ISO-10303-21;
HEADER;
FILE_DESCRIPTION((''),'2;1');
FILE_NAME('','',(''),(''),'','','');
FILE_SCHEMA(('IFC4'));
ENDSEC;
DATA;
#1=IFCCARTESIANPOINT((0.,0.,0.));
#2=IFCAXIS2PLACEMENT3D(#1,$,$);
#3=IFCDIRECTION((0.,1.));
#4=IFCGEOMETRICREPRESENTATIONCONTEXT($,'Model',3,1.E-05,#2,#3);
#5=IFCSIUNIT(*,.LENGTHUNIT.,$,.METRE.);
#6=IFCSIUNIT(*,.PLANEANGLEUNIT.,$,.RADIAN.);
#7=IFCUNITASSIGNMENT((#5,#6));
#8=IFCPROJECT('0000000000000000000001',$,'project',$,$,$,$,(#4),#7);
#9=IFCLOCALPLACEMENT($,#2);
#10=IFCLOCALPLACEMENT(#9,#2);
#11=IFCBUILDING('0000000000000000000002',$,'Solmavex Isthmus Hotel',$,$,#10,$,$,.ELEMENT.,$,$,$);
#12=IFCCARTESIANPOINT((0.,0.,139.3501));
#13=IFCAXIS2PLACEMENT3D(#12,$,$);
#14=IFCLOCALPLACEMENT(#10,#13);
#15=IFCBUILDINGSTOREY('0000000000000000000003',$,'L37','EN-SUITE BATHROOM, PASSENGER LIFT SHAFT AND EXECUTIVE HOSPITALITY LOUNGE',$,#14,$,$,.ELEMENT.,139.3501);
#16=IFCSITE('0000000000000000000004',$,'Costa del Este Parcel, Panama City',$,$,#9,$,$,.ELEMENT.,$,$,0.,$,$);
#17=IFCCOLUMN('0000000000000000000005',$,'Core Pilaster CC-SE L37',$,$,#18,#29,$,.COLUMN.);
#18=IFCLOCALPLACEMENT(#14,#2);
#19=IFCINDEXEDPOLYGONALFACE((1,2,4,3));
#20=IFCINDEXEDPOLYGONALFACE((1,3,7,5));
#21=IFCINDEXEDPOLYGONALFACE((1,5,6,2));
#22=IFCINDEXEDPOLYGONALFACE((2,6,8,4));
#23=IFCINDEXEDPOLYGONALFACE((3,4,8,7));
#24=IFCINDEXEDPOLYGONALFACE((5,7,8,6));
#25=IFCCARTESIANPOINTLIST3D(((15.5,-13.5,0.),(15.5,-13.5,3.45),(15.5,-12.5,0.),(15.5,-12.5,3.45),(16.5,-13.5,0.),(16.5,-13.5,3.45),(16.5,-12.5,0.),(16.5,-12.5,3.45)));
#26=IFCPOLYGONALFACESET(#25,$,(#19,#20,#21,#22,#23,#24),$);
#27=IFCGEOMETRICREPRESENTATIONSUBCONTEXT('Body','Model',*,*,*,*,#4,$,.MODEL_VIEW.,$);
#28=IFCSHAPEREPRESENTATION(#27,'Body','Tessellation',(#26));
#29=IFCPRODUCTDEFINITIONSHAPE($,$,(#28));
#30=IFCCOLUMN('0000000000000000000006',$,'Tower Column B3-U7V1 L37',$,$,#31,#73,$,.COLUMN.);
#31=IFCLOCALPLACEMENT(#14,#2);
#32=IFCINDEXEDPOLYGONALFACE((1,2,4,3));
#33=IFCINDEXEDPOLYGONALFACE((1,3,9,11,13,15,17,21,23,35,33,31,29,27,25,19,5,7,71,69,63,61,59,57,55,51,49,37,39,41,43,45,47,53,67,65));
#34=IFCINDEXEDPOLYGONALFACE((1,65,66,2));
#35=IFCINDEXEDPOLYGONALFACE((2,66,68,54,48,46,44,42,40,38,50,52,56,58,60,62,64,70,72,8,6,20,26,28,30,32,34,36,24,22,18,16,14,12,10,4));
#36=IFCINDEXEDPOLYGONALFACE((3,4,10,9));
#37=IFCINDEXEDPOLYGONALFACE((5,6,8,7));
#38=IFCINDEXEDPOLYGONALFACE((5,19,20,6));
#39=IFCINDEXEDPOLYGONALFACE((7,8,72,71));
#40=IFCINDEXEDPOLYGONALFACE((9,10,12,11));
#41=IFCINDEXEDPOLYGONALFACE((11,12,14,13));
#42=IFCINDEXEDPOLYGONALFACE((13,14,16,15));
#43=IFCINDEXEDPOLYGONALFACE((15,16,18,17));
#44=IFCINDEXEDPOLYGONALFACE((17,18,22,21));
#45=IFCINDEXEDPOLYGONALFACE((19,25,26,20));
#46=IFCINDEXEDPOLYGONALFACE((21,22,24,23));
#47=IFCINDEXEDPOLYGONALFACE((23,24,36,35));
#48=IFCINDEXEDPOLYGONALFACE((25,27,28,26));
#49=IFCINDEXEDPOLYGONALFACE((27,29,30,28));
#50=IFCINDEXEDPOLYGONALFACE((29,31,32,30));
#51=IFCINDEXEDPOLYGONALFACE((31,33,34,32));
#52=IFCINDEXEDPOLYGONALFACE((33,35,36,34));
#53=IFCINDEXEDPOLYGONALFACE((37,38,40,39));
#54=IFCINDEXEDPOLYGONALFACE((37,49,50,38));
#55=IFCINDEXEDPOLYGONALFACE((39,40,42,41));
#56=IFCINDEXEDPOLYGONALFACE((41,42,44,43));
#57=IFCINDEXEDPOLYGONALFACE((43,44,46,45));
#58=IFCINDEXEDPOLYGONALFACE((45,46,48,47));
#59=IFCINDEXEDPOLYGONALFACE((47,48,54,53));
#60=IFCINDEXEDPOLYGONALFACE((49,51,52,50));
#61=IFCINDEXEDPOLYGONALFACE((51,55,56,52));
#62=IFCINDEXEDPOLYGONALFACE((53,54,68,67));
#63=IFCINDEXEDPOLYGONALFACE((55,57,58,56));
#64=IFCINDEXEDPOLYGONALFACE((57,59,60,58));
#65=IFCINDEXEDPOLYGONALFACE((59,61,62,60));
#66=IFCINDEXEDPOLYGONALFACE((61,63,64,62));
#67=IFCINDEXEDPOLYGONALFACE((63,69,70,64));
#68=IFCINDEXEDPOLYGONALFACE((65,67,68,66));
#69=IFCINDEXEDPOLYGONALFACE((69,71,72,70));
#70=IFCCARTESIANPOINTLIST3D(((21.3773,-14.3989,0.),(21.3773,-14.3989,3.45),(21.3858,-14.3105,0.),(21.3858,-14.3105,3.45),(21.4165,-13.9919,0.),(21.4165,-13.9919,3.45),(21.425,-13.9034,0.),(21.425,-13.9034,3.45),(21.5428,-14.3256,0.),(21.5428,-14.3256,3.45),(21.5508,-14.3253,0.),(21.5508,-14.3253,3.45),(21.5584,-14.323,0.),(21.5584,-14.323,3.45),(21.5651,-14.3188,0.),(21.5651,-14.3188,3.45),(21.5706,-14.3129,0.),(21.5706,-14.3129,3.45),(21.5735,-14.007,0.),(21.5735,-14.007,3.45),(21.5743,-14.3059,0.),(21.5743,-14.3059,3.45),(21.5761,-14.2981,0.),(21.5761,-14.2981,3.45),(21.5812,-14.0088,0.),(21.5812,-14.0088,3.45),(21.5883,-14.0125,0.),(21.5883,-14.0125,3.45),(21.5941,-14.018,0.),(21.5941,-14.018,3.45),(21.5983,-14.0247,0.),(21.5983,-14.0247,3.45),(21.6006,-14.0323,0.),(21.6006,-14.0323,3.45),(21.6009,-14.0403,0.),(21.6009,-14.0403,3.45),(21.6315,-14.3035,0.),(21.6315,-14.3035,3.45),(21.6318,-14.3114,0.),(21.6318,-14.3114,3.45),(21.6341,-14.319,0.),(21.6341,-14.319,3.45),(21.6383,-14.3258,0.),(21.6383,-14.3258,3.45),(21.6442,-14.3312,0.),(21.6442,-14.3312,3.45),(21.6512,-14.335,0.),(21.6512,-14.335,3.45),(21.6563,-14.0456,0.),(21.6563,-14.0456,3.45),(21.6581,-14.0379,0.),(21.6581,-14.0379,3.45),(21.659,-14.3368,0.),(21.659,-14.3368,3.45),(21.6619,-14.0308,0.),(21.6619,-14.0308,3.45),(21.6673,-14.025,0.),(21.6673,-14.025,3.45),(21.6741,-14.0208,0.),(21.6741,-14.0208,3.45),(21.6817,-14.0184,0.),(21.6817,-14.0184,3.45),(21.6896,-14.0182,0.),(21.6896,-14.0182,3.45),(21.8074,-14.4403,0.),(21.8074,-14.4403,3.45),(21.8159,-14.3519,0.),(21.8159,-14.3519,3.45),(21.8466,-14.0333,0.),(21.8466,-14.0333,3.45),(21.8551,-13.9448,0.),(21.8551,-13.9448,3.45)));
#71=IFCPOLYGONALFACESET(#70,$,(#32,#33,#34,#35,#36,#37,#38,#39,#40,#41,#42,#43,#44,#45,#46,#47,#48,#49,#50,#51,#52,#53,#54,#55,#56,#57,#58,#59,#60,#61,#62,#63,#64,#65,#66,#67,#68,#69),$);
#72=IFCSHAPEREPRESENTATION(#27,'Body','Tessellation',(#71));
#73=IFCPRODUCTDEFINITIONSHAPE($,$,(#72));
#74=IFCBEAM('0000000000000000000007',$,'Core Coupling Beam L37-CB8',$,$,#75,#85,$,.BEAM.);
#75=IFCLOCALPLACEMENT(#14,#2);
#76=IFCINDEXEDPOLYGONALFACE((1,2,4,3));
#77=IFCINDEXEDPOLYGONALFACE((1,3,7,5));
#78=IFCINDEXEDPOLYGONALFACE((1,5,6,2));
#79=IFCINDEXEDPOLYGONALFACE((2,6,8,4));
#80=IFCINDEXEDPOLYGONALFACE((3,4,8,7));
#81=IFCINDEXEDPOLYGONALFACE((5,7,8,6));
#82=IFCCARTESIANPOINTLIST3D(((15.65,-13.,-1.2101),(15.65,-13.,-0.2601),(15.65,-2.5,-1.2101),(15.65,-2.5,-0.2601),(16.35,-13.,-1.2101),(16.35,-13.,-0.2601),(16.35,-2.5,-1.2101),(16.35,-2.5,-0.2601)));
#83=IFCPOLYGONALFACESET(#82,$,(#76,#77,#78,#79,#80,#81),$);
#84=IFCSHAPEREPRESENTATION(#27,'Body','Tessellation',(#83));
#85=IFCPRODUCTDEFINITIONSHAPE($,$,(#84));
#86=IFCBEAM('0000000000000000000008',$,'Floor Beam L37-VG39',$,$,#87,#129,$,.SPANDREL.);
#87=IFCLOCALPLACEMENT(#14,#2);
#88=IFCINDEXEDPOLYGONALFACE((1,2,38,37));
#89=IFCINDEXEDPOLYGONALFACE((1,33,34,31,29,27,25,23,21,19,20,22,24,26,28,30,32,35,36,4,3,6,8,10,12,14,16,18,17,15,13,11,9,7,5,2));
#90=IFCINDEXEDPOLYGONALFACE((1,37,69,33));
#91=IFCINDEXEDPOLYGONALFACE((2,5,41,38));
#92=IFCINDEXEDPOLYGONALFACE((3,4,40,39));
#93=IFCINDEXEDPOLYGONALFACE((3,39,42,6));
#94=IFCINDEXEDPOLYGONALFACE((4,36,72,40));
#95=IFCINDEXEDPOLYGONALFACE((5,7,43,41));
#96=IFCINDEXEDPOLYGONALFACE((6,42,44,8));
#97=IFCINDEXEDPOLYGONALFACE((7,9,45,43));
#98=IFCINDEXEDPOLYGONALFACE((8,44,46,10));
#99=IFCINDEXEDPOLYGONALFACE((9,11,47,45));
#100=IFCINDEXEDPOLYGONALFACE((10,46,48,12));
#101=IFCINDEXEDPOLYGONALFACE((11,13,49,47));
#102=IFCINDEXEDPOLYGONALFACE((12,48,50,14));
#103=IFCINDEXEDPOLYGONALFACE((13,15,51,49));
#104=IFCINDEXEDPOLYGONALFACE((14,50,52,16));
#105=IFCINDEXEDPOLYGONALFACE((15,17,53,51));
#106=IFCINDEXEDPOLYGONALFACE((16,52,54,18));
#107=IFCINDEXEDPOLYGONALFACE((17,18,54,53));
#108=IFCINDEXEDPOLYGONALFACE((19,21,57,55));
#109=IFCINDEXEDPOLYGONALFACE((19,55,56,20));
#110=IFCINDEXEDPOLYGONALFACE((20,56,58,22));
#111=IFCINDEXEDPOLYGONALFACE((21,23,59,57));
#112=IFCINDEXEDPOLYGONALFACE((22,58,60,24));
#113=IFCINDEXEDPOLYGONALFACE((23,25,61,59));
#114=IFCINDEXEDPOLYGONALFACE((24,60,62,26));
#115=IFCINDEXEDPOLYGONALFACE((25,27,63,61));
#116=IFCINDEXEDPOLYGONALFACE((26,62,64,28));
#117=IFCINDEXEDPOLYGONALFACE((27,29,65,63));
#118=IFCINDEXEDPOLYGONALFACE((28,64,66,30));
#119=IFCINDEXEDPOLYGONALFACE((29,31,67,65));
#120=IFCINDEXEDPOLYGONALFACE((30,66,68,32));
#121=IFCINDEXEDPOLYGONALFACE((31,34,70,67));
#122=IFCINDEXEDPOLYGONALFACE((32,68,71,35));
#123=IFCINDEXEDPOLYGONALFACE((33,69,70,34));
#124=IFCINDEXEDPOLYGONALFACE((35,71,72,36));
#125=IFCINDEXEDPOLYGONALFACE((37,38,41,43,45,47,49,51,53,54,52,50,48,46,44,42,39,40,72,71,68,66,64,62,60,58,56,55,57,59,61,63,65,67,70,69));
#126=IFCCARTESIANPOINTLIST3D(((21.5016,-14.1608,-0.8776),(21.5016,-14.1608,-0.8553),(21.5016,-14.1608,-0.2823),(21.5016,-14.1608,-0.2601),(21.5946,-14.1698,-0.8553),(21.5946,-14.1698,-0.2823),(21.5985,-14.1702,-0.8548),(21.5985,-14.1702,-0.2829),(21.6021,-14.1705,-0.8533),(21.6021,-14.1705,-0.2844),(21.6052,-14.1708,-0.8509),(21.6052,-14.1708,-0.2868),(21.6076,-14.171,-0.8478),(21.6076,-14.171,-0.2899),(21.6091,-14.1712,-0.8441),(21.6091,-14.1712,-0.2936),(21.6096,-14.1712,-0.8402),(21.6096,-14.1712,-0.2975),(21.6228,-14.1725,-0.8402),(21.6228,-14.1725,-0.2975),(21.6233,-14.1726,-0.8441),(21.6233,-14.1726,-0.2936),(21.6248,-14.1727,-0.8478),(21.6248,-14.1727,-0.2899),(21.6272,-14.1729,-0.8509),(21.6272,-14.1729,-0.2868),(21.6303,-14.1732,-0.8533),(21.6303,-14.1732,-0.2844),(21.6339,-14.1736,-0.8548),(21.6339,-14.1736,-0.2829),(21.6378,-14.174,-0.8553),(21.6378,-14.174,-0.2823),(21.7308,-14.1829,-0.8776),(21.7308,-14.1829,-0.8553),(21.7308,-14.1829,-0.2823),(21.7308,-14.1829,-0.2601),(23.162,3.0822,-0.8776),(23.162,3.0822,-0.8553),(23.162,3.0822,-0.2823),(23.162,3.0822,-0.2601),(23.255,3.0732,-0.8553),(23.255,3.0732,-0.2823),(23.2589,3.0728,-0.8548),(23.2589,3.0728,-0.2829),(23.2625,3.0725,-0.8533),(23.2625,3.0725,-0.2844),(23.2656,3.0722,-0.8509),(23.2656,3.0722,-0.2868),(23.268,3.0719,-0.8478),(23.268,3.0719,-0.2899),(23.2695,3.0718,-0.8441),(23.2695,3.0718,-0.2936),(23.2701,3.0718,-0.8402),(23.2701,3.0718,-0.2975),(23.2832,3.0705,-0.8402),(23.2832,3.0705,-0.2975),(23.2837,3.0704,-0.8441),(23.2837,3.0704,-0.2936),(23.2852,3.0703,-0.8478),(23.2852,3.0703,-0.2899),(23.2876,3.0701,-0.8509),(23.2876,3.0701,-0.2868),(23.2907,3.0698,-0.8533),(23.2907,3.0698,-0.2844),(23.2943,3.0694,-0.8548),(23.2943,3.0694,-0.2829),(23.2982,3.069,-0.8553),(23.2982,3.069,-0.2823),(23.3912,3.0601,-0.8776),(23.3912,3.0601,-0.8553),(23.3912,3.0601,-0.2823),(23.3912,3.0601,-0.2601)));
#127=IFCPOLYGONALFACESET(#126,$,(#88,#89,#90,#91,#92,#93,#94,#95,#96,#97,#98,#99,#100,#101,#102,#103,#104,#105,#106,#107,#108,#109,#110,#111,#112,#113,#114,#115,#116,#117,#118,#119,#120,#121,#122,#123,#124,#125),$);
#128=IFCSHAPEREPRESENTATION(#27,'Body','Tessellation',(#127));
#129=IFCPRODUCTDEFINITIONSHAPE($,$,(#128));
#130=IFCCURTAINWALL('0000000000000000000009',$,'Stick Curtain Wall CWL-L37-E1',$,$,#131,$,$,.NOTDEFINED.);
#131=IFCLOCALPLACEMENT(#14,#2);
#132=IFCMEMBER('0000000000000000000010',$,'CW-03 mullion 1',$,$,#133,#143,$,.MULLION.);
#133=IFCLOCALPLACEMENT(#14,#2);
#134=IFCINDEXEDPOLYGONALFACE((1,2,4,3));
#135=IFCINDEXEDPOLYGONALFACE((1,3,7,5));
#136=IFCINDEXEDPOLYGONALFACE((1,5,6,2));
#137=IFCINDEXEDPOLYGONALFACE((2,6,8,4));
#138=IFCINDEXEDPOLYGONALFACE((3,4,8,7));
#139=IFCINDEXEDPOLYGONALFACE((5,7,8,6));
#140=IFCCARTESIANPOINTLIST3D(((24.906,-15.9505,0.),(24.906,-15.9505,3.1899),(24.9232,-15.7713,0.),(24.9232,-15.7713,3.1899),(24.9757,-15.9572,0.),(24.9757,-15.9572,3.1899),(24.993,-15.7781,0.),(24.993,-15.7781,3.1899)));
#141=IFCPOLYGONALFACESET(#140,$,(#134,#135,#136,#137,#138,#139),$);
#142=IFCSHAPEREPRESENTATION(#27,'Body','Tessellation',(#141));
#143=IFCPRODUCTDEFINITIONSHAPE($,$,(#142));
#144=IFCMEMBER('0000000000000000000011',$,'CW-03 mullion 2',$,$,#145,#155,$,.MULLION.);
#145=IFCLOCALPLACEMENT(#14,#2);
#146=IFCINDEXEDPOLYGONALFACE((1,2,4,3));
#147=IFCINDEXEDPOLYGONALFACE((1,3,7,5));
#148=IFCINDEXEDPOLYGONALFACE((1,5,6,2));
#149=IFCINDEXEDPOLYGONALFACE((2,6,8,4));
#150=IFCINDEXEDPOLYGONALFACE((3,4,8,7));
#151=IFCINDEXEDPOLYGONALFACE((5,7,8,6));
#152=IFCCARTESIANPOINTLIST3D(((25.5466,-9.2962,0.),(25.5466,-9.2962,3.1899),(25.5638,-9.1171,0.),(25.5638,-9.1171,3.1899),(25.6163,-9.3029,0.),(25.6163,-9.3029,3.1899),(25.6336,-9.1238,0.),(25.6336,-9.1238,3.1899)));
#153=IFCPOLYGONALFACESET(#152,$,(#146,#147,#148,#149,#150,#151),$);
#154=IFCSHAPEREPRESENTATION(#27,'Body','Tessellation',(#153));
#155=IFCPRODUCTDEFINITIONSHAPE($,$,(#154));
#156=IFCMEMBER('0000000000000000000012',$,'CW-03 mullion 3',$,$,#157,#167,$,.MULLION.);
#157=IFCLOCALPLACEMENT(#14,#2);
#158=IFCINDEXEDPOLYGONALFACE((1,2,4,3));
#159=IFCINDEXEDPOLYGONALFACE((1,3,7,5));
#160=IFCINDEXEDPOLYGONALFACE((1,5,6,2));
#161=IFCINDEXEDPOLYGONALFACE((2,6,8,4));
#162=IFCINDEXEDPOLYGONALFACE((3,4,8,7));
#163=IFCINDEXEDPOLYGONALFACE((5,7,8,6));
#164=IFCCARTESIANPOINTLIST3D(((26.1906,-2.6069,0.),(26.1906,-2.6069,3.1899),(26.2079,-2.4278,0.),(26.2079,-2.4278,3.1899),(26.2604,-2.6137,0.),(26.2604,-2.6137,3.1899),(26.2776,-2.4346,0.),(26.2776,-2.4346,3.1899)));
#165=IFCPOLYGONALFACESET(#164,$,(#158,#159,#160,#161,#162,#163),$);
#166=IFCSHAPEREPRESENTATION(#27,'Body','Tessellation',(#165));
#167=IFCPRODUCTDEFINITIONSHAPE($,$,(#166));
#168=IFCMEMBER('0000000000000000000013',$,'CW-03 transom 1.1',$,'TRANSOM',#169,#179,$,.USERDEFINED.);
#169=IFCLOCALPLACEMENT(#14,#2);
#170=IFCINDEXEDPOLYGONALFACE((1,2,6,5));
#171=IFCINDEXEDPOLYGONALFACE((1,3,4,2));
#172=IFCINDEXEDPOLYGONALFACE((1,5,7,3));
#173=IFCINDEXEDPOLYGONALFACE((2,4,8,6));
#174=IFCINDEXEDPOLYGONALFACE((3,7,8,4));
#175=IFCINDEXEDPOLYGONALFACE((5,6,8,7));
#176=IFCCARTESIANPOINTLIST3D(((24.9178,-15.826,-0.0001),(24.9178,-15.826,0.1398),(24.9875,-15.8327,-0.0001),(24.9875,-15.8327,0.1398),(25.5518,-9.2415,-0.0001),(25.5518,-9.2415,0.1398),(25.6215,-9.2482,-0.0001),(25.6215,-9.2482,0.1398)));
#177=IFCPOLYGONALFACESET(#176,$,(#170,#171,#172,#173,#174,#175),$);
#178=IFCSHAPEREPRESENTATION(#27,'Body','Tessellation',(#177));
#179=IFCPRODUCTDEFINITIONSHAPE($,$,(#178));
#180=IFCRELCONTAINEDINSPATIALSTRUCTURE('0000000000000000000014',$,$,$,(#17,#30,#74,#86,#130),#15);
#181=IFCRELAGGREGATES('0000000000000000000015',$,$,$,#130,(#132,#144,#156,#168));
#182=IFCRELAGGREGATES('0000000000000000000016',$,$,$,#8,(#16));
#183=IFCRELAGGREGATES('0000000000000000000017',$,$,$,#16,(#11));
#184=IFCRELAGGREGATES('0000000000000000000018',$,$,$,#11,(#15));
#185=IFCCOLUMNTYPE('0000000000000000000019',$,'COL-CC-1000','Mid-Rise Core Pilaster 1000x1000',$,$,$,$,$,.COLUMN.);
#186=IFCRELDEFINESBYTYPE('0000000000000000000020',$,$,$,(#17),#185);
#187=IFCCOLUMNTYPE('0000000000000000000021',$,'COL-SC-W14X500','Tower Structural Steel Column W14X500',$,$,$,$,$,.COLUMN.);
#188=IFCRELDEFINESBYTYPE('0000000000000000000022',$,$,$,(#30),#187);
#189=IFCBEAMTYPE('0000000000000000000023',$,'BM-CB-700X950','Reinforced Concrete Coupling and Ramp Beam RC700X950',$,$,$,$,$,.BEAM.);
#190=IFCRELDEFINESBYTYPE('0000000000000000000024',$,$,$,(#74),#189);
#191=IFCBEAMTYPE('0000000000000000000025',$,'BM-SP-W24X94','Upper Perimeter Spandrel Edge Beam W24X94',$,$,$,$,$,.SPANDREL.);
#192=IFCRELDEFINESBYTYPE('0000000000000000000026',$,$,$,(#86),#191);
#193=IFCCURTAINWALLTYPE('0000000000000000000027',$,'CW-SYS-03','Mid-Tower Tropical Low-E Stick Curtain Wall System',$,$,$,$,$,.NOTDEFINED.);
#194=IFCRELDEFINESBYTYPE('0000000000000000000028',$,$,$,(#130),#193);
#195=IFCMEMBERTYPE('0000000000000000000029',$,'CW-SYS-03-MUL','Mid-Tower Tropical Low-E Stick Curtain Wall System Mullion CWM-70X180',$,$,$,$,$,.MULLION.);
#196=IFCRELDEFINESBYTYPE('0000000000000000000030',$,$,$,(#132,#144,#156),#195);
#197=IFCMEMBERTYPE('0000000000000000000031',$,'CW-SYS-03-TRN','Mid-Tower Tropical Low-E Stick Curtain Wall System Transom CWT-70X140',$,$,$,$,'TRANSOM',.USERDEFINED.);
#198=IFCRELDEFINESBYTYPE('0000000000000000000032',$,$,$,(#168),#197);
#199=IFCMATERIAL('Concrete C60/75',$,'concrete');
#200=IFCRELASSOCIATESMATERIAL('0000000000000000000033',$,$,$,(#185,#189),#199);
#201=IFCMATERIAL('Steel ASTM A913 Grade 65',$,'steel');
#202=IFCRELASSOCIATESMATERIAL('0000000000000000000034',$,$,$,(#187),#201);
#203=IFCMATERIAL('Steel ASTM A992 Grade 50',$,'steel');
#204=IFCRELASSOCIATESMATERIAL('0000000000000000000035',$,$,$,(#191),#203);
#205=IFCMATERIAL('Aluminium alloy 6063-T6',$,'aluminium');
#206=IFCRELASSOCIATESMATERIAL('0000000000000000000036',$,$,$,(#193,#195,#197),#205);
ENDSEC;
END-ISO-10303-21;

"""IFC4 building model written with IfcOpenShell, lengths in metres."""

from ifc_helpers import new_model, si_unit, direction, frame, origin, origin_2d, place, context, subcontext, project, spatial, rectangle, i_section, extrude, material, material_profile, profile_set, type_object, element, aggregate, save


model = new_model("IFC4")

# Units and contexts
model_context = context("Model", 3, precision=1e-05, world=origin(), true_north=direction((0.0, 1.0)))
body_context = subcontext(model_context, "Body", "Model", "MODEL_VIEW")
ifc_project = project(units=[si_unit("LENGTHUNIT", "METRE"), si_unit("PLANEANGLEUNIT", "RADIAN")], contexts=[model_context])

# Site, building, storey
site_placement = place(None, origin())
site = spatial("IfcSite", under=ifc_project, at=site_placement, Name="Costa del Este Parcel, Panama City", CompositionType="ELEMENT", RefElevation=0.0)
building_placement = place(site_placement, origin())
building = spatial("IfcBuilding", under=site, at=building_placement, Name="Solmavex Isthmus Hotel", CompositionType="ELEMENT")
storey_placement = place(building_placement, frame((0.0, 0.0, 139.3501)))
storey = spatial("IfcBuildingStorey", under=building, at=storey_placement, Name="L37", Description="EN-SUITE BATHROOM, PASSENGER LIFT SHAFT AND EXECUTIVE HOSPITALITY LOUNGE", CompositionType="ELEMENT", Elevation=139.3501)

# Columns
ifc_material_1 = material(Name="Concrete C60/75", Category="concrete")
ifc_material_profile_1 = material_profile(ifc_material_1, rectangle(XDim=1.0, YDim=1.0, at=origin_2d()), Name="RC1000X1000")
ifc_profile_set_1 = profile_set([ifc_material_profile_1], Name="Concrete C60/75")
column_type_1 = type_object("IfcColumnType", Name="COL-CC-1000", Description="Mid-Rise Core Pilaster 1000x1000", PredefinedType="COLUMN", material=ifc_profile_set_1)
column_1_placement = place(storey_placement, frame((16.0, -13.0, 0.0), z_axis=(0.0, 0.0, 1.0), x_axis=(1.0, 0.0, 0.0)))
element("IfcColumn", 1, at=column_1_placement, inside=storey, type_object=column_type_1, Name="Core Pilaster CC-SE L37", PredefinedType="COLUMN", context=body_context, shape_type="SweptSolid", body=[
    extrude(rectangle(XDim=1.0, YDim=1.0, at=origin_2d()), origin(), (0.0, 0.0, 1.0), 3.45),
])
ifc_material_2 = material(Name="Steel ASTM A913 Grade 65", Category="steel")
ifc_material_profile_2 = material_profile(ifc_material_2, i_section(OverallWidth=0.4321, OverallDepth=0.4978, WebThickness=0.0557, FlangeThickness=0.0889, FilletRadius=0.0305, at=origin_2d()), Name="W14X500")
ifc_profile_set_2 = profile_set([ifc_material_profile_2], Name="Steel ASTM A913 Grade 65")
column_type_2 = type_object("IfcColumnType", Name="COL-SC-W14X500", Description="Tower Structural Steel Column W14X500", PredefinedType="COLUMN", material=ifc_profile_set_2)
column_2_placement = place(storey_placement, frame((21.6162, -14.1719, 0.0), z_axis=(0.0, 0.0, 1.0), x_axis=(0.995396, -0.095846, 0.0)))
element("IfcColumn", 2, at=column_2_placement, inside=storey, type_object=column_type_2, Name="Tower Column B3-U7V1 L37", PredefinedType="COLUMN", context=body_context, shape_type="SweptSolid", body=[
    extrude(i_section(OverallWidth=0.4321, OverallDepth=0.4978, WebThickness=0.0557, FlangeThickness=0.0889, FilletRadius=0.0305, at=origin_2d()), origin(), (0.0, 0.0, 1.0), 3.45),
])

# Beams
ifc_material_profile_3 = material_profile(ifc_material_1, rectangle(XDim=0.7, YDim=0.95, at=origin_2d()), Name="RC700X950")
ifc_profile_set_3 = profile_set([ifc_material_profile_3], Name="Concrete C60/75")
beam_type_1 = type_object("IfcBeamType", Name="BM-CB-700X950", Description="Reinforced Concrete Coupling and Ramp Beam RC700X950", PredefinedType="BEAM", material=ifc_profile_set_3)
beam_1_placement = place(storey_placement, frame((16.0, -13.0, -0.7351), z_axis=(0.0, 1.0, 0.0), x_axis=(-1.0, 0.0, 0.0)))
element("IfcBeam", 3, at=beam_1_placement, inside=storey, type_object=beam_type_1, Name="Core Coupling Beam L37-CB8", PredefinedType="BEAM", context=body_context, shape_type="SweptSolid", body=[
    extrude(rectangle(XDim=0.7, YDim=0.95, at=origin_2d()), origin(), (0.0, 0.0, 1.0), 10.5),
])
ifc_material_3 = material(Name="Steel ASTM A992 Grade 50", Category="steel")
ifc_material_profile_4 = material_profile(ifc_material_3, i_section(OverallWidth=0.2302, OverallDepth=0.6174, WebThickness=0.0132, FlangeThickness=0.0222, FilletRadius=0.0151, at=origin_2d()), Name="W24X94")
ifc_profile_set_4 = profile_set([ifc_material_profile_4], Name="Steel ASTM A992 Grade 50")
beam_type_2 = type_object("IfcBeamType", Name="BM-SP-W24X94", Description="Upper Perimeter Spandrel Edge Beam W24X94", PredefinedType="SPANDREL", material=ifc_profile_set_4)
beam_2_placement = place(storey_placement, frame((21.6162, -14.1719, -0.5688), z_axis=(0.095851, 0.995396, 0.0), x_axis=(-0.995396, 0.095851, 0.0)))
element("IfcBeam", 4, at=beam_2_placement, inside=storey, type_object=beam_type_2, Name="Floor Beam L37-VG39", PredefinedType="SPANDREL", context=body_context, shape_type="SweptSolid", body=[
    extrude(i_section(OverallWidth=0.2302, OverallDepth=0.6174, WebThickness=0.0132, FlangeThickness=0.0222, FilletRadius=0.0151, at=origin_2d()), origin(), (0.0, 0.0, 1.0), 17.3228),
])

# Curtain wall, members
ifc_material_4 = material(Name="Aluminium alloy 6063-T6", Category="aluminium")
curtain_wall_type = type_object("IfcCurtainWallType", Name="CW-SYS-03", Description="Mid-Tower Tropical Low-E Stick Curtain Wall System", PredefinedType="NOTDEFINED", material=ifc_material_4)
curtain_wall_placement = place(storey_placement, origin())
curtain_wall = element("IfcCurtainWall", 5, at=curtain_wall_placement, inside=storey, type_object=curtain_wall_type, Name="Stick Curtain Wall CWL-L37-E1", PredefinedType="NOTDEFINED")
ifc_material_profile_5 = material_profile(ifc_material_4, rectangle(XDim=0.0701, YDim=0.1799, at=origin_2d()), Name="CWM-70X180")
ifc_profile_set_5 = profile_set([ifc_material_profile_5], Name="Aluminium alloy 6063-T6")
member_type_1 = type_object("IfcMemberType", Name="CW-SYS-03-MUL", Description="Mid-Tower Tropical Low-E Stick Curtain Wall System Mullion CWM-70X180", PredefinedType="MULLION", material=ifc_profile_set_5)
member_1_placement = place(storey_placement, frame((24.9495, -15.8643, 0.0), z_axis=(0.0, 0.0, 1.0), x_axis=(-0.995396, 0.095846, 0.0)))
member_1 = element("IfcMember", 6, at=member_1_placement, type_object=member_type_1, Name="CW-03 mullion 1", PredefinedType="MULLION", context=body_context, shape_type="SweptSolid", body=[
    extrude(rectangle(XDim=0.0701, YDim=0.1799, at=origin_2d()), origin(), (0.0, 0.0, 1.0), 3.1899),
])
member_2_placement = place(storey_placement, frame((25.5901, -9.21, 0.0), z_axis=(0.0, 0.0, 1.0), x_axis=(-0.995396, 0.095846, 0.0)))
member_2 = element("IfcMember", 7, at=member_2_placement, type_object=member_type_1, Name="CW-03 mullion 2", PredefinedType="MULLION", context=body_context, shape_type="SweptSolid", body=[
    extrude(rectangle(XDim=0.0701, YDim=0.1799, at=origin_2d()), origin(), (0.0, 0.0, 1.0), 3.1899),
])
member_3_placement = place(storey_placement, frame((26.2341, -2.5208, 0.0), z_axis=(0.0, 0.0, 1.0), x_axis=(-0.995396, 0.095846, 0.0)))
member_3 = element("IfcMember", 8, at=member_3_placement, type_object=member_type_1, Name="CW-03 mullion 3", PredefinedType="MULLION", context=body_context, shape_type="SweptSolid", body=[
    extrude(rectangle(XDim=0.0701, YDim=0.1799, at=origin_2d()), origin(), (0.0, 0.0, 1.0), 3.1899),
])
ifc_material_profile_6 = material_profile(ifc_material_4, rectangle(XDim=0.0701, YDim=0.1399, at=origin_2d()), Name="CWT-70X140")
ifc_profile_set_6 = profile_set([ifc_material_profile_6], Name="Aluminium alloy 6063-T6")
member_type_2 = type_object("IfcMemberType", Name="CW-SYS-03-TRN", Description="Mid-Tower Tropical Low-E Stick Curtain Wall System Transom CWT-70X140", ElementType="TRANSOM", PredefinedType="USERDEFINED", material=ifc_profile_set_6)
member_4_placement = place(storey_placement, frame((24.9526, -15.8293, 0.0698), z_axis=(0.095849, 0.995396, 0.0), x_axis=(-0.995396, 0.095849, 0.0)))
member_4 = element("IfcMember", 9, at=member_4_placement, type_object=member_type_2, Name="CW-03 transom 1.1", ObjectType="TRANSOM", PredefinedType="USERDEFINED", context=body_context, shape_type="SweptSolid", body=[
    extrude(rectangle(XDim=0.0701, YDim=0.1399, at=origin_2d()), origin(), (0.0, 0.0, 1.0), 6.615),
])
aggregate(curtain_wall, [member_1, member_2, member_3, member_4])

save(model, "model.ifc")
